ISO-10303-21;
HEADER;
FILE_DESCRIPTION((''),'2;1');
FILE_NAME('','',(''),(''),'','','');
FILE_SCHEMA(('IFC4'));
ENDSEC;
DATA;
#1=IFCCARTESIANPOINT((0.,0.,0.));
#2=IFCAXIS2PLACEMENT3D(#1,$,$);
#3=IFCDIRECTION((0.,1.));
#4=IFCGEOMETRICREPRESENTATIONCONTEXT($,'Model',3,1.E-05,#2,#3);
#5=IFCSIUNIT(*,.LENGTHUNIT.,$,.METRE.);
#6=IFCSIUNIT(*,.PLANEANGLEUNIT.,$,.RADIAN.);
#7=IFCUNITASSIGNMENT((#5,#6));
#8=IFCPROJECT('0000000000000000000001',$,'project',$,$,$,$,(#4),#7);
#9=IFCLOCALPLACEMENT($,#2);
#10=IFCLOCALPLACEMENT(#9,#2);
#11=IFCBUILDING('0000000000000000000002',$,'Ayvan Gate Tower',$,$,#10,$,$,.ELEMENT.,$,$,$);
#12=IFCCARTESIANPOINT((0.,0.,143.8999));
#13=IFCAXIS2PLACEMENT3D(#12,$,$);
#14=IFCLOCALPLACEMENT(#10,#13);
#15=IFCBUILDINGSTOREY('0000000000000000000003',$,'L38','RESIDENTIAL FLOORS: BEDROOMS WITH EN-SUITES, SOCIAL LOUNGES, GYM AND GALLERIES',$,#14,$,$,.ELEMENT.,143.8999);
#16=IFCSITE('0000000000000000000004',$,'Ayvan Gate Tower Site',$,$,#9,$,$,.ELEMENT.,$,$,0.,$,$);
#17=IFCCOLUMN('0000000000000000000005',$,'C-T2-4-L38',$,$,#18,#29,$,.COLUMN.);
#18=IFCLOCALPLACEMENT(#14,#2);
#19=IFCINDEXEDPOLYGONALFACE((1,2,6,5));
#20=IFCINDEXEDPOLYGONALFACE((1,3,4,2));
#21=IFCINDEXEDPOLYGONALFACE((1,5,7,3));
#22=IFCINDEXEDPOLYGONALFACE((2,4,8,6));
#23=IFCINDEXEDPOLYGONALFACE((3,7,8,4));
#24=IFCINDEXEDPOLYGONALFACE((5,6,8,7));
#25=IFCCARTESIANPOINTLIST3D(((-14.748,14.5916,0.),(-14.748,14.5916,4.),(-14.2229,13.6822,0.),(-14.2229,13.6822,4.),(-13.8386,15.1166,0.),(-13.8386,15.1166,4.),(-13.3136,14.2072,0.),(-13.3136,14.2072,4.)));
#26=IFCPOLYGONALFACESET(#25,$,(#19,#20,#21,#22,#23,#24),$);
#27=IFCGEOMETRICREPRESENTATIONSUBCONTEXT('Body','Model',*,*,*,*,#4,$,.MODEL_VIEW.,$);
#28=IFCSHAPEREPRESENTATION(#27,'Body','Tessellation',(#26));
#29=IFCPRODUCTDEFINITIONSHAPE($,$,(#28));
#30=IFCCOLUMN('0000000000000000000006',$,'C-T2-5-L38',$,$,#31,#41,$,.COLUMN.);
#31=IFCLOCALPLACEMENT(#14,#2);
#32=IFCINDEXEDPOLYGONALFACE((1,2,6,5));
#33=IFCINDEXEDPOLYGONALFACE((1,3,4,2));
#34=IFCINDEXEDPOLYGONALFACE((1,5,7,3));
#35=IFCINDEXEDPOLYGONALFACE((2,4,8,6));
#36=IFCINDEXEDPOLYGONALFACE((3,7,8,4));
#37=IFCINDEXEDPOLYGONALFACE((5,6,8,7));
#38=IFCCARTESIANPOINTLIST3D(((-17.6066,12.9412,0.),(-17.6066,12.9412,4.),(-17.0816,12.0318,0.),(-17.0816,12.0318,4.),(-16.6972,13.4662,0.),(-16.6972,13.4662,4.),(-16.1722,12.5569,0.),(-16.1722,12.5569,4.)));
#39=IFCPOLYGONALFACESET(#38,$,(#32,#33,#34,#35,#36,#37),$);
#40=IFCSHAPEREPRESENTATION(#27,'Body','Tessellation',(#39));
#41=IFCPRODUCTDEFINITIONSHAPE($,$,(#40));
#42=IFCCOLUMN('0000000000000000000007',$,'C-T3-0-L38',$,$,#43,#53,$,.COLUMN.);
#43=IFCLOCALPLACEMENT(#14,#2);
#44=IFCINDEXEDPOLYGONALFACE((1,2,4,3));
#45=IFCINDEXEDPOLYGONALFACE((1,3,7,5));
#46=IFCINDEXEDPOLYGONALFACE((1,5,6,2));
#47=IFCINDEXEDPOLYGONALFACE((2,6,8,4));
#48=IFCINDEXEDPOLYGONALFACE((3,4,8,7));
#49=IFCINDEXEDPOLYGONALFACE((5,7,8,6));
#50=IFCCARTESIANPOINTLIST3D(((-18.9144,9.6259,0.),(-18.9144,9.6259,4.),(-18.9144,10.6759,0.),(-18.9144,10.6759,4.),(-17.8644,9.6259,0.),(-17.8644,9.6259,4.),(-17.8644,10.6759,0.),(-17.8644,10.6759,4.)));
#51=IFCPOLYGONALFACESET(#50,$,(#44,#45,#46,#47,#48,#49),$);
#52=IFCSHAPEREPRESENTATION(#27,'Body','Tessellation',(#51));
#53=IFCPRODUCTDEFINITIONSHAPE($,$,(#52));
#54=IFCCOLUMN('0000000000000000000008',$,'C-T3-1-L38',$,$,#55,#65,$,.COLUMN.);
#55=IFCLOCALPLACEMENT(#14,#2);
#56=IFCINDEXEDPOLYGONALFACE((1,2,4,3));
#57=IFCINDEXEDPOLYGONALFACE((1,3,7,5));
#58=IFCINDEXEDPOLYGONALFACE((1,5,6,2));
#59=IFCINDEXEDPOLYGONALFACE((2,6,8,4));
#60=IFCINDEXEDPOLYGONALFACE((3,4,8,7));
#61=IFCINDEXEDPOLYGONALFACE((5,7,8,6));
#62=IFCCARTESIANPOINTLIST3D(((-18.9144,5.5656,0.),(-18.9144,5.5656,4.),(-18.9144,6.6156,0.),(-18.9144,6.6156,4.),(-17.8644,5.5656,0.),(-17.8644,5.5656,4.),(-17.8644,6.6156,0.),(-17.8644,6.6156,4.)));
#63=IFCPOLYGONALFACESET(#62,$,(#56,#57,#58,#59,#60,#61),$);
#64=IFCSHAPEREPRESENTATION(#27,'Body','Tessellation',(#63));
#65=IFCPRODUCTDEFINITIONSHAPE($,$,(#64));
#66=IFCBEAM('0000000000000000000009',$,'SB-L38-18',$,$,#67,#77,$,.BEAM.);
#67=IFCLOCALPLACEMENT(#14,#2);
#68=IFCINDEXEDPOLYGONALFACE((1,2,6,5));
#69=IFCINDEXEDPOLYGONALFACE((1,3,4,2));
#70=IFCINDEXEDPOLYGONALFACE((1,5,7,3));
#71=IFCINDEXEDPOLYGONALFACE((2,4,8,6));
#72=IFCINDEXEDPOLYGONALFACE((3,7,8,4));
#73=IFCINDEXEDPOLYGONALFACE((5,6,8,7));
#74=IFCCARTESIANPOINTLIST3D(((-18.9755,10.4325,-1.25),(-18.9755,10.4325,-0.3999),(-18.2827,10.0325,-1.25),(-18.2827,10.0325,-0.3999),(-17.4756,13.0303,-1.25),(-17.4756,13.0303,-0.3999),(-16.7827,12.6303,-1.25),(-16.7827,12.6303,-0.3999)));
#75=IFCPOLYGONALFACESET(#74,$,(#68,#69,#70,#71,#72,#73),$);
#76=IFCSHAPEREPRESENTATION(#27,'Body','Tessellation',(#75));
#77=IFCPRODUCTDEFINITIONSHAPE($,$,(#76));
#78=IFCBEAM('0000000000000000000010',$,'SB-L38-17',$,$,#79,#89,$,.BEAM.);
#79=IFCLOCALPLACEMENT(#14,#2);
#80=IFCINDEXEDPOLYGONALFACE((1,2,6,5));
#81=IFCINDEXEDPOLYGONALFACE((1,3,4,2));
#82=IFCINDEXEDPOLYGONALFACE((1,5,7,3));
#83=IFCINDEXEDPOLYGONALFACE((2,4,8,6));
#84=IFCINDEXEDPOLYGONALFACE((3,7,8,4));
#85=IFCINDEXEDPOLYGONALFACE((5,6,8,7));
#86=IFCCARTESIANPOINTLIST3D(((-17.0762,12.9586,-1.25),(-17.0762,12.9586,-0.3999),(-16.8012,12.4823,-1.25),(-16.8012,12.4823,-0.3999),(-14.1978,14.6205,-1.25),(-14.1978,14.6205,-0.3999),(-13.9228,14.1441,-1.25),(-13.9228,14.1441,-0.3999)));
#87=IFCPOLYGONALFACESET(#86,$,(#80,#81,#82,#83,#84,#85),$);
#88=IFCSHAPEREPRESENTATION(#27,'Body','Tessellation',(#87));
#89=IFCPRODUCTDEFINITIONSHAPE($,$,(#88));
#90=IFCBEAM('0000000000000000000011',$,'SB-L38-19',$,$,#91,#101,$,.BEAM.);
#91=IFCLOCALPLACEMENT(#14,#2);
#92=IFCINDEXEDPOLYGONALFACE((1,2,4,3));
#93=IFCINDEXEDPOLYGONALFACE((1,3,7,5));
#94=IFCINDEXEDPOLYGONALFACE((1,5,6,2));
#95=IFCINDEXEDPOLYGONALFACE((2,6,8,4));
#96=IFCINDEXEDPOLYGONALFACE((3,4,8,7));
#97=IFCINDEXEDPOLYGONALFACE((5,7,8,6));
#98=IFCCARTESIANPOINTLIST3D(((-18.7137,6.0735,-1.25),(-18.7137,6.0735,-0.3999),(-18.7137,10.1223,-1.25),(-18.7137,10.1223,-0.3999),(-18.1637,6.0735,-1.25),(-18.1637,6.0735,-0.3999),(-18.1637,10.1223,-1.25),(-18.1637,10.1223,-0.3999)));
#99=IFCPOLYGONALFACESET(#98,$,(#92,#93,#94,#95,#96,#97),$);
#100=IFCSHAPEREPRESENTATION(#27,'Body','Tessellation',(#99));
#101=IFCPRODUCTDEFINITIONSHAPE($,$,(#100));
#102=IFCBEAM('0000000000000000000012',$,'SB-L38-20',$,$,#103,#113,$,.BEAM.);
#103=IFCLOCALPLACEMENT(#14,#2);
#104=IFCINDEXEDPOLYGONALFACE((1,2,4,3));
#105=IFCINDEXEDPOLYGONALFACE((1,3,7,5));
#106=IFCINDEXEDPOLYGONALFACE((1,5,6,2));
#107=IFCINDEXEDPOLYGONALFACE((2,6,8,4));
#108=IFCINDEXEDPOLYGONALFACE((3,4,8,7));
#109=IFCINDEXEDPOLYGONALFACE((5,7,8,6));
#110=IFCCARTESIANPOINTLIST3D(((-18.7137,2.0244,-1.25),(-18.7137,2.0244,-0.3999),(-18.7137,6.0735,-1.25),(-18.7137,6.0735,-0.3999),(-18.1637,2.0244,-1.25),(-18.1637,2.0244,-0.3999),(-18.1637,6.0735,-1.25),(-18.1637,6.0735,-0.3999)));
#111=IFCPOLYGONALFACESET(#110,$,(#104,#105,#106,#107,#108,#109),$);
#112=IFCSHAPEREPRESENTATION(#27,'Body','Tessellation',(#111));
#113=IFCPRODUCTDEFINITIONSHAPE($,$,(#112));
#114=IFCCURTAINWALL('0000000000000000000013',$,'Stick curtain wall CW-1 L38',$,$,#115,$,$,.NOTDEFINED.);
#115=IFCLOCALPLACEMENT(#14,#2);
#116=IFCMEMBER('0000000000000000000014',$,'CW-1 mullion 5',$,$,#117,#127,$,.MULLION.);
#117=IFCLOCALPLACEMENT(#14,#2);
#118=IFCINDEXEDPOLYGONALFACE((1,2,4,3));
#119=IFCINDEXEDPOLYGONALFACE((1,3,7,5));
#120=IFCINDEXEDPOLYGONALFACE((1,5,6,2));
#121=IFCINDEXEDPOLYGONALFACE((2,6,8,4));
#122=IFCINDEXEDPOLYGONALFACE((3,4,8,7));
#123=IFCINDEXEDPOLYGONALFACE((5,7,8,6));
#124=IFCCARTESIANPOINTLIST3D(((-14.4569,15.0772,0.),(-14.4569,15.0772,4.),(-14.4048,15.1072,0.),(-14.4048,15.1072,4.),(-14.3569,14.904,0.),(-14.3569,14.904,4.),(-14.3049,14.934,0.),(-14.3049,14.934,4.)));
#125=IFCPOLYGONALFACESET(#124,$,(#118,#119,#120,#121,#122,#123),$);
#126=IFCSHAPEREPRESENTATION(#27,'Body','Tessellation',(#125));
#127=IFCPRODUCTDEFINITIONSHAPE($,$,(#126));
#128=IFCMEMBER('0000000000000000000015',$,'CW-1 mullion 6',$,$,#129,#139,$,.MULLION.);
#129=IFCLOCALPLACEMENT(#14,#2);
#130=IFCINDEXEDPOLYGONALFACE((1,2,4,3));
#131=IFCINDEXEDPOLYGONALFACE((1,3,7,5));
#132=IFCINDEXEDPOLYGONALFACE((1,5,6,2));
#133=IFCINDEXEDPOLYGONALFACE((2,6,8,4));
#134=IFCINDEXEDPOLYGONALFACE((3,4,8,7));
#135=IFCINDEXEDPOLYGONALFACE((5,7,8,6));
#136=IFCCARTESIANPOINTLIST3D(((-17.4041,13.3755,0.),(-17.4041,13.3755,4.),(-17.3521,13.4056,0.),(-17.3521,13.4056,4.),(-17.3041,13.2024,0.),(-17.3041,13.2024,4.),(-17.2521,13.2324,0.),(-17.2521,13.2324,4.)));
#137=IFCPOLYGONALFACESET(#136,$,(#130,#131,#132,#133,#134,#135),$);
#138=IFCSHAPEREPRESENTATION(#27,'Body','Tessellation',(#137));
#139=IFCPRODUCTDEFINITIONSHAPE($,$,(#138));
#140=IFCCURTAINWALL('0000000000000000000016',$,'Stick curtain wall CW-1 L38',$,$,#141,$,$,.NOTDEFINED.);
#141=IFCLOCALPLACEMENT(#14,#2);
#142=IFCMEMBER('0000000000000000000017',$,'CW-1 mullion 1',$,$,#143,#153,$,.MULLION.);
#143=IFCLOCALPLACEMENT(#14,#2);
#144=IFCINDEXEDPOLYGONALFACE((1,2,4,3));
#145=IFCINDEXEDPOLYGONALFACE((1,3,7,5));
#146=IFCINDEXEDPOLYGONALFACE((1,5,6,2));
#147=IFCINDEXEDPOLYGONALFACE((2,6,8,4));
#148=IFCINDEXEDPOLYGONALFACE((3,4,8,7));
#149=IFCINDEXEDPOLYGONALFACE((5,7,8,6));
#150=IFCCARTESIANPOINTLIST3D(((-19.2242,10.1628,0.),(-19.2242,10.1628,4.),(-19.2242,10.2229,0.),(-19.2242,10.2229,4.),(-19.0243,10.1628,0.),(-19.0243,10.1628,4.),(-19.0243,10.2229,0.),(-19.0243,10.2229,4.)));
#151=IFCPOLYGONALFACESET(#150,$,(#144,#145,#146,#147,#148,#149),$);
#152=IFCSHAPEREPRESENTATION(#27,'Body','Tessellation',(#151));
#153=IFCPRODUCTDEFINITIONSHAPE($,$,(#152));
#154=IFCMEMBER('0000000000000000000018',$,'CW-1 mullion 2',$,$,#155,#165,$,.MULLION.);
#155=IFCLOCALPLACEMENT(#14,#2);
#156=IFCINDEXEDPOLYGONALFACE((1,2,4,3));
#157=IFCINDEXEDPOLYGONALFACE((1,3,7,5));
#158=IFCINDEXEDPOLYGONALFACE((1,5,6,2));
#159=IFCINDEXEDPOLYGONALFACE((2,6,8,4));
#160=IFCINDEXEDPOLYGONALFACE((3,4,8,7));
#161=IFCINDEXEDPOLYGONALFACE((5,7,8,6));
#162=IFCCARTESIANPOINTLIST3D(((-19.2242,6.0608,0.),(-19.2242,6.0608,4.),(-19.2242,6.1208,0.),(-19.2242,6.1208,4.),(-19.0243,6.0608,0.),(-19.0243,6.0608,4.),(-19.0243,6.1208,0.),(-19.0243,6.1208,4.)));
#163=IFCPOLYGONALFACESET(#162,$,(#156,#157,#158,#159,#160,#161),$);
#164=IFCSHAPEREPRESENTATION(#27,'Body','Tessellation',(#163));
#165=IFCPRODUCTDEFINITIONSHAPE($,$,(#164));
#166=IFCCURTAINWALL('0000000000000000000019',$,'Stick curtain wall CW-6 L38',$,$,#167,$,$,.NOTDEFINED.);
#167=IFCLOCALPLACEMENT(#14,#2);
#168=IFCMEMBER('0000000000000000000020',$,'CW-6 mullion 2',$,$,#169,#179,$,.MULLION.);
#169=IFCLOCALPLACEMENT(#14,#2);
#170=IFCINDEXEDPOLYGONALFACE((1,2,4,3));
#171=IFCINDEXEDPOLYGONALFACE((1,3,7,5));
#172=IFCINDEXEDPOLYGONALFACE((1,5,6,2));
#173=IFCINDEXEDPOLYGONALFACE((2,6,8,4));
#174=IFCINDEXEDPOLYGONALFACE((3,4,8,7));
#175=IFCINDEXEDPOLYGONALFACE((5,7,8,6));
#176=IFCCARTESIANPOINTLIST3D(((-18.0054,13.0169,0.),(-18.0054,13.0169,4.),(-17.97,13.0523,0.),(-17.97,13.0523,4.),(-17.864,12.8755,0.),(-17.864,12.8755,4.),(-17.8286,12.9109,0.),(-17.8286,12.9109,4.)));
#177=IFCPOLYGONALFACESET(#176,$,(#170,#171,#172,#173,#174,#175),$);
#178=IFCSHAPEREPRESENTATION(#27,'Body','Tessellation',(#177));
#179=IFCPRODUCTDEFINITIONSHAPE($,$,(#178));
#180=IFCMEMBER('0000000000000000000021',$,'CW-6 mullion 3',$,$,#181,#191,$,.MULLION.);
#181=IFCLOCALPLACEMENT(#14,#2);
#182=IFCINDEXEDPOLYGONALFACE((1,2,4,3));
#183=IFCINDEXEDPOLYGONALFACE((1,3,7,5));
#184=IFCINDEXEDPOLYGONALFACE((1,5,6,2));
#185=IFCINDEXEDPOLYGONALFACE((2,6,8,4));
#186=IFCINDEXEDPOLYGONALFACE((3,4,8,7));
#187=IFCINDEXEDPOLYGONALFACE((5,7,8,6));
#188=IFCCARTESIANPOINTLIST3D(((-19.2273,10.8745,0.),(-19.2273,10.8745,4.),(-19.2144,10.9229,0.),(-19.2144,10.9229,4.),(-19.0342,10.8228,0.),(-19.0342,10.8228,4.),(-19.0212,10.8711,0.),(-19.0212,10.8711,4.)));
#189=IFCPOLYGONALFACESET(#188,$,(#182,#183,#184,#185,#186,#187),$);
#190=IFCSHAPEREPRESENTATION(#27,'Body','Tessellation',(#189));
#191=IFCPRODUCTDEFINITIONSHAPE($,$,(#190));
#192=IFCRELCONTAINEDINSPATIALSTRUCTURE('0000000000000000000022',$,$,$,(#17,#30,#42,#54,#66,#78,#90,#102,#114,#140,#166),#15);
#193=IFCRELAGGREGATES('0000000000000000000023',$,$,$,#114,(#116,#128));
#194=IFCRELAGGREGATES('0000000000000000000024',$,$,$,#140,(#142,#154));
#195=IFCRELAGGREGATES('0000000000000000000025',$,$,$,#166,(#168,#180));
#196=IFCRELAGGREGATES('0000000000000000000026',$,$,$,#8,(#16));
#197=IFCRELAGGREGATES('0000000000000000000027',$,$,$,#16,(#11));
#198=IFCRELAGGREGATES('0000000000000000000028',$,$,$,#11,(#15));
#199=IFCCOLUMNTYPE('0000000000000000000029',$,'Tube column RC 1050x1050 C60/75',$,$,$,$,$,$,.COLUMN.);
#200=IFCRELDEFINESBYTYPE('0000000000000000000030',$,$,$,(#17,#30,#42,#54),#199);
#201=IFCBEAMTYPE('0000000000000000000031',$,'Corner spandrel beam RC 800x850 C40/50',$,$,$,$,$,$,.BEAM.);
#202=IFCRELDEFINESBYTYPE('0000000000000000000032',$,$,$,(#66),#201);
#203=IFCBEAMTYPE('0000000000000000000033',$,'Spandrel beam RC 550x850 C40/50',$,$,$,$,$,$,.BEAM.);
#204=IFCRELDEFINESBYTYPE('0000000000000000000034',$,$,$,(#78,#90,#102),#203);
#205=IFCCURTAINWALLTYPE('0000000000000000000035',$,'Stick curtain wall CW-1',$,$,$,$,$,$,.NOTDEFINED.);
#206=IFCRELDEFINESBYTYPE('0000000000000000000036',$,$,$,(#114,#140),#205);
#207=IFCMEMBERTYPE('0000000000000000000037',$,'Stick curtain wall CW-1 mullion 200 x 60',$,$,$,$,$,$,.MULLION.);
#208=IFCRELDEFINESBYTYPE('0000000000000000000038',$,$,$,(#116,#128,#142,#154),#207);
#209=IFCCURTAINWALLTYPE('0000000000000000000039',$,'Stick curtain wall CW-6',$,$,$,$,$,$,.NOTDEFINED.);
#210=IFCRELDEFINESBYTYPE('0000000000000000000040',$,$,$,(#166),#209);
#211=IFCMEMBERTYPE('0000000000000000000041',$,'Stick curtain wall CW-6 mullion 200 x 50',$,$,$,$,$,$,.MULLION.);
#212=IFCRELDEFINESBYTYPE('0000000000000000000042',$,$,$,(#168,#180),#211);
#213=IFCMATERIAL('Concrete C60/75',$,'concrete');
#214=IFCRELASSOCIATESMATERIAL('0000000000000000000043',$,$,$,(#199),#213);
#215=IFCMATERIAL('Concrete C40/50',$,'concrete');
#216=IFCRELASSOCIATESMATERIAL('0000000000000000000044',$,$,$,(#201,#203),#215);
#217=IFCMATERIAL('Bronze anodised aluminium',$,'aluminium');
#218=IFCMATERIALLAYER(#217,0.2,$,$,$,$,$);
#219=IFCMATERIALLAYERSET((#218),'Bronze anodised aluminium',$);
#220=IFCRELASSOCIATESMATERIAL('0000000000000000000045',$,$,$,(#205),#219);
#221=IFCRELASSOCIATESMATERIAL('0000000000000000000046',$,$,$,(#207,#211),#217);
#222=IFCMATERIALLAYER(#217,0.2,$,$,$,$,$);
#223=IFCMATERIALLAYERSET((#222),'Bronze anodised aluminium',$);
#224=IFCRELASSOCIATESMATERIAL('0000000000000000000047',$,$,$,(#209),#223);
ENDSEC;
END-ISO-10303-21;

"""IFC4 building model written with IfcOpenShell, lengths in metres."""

from ifc_helpers import new_model, si_unit, direction, frame, origin, origin_2d, place, context, subcontext, project, spatial, rectangle, extrude, material, layer, layer_set, material_profile, profile_set, type_object, element, aggregate, save


model = new_model("IFC4")

# Units and contexts
model_context = context("Model", 3, precision=1e-05, world=origin(), true_north=direction((0.0, 1.0)))
body_context = subcontext(model_context, "Body", "Model", "MODEL_VIEW")
ifc_project = project(units=[si_unit("LENGTHUNIT", "METRE"), si_unit("PLANEANGLEUNIT", "RADIAN")], contexts=[model_context])

# Site, building, storey
site_placement = place(None, origin())
site = spatial("IfcSite", under=ifc_project, at=site_placement, Name="Ayvan Gate Tower Site", CompositionType="ELEMENT", RefElevation=0.0)
building_placement = place(site_placement, origin())
building = spatial("IfcBuilding", under=site, at=building_placement, Name="Ayvan Gate Tower", CompositionType="ELEMENT")
storey_placement = place(building_placement, frame((0.0, 0.0, 143.8999)))
storey = spatial("IfcBuildingStorey", under=building, at=storey_placement, Name="L38", Description="RESIDENTIAL FLOORS: BEDROOMS WITH EN-SUITES, SOCIAL LOUNGES, GYM AND GALLERIES", CompositionType="ELEMENT", Elevation=143.8999)

# Columns
ifc_material_1 = material(Name="Concrete C60/75", Category="concrete")
ifc_material_profile_1 = material_profile(ifc_material_1, rectangle(XDim=1.05, YDim=1.05, at=origin_2d()), Name="RC 1050x1050")
ifc_profile_set_1 = profile_set([ifc_material_profile_1], Name="Concrete C60/75")
column_type = type_object("IfcColumnType", Name="Tube column RC 1050x1050 C60/75", PredefinedType="COLUMN", material=ifc_profile_set_1)
for number, where, z_axis, x_axis, name in (
    (1, (-14.0308, 14.3994, 0.0), (0.0, 0.0, 1.0), (-0.5, 0.866025, 0.0), "C-T2-4-L38"),
    (2, (-16.8894, 12.749, 0.0), (0.0, 0.0, 1.0), (-0.5, 0.866025, 0.0), "C-T2-5-L38"),
    (3, (-18.3894, 10.1509, 0.0), (0.0, 0.0, 1.0), (-1.0, 0.0, 0.0), "C-T3-0-L38"),
    (4, (-18.3894, 6.0906, 0.0), (0.0, 0.0, 1.0), (-1.0, 0.0, 0.0), "C-T3-1-L38"),
):
    element("IfcColumn", number, at=place(storey_placement, frame(where, z_axis=z_axis, x_axis=x_axis)), inside=storey, type_object=column_type, Name=name, PredefinedType="COLUMN", context=body_context, shape_type="SweptSolid", body=[
        extrude(rectangle(XDim=1.05, YDim=1.05, at=origin_2d()), origin(), (0.0, 0.0, 1.0), 4.0),
    ])

# Beams
ifc_material_2 = material(Name="Concrete C40/50", Category="concrete")
ifc_material_profile_2 = material_profile(ifc_material_2, rectangle(XDim=0.8, YDim=0.8501, at=origin_2d()), Name="RC 800x850")
ifc_profile_set_2 = profile_set([ifc_material_profile_2], Name="Concrete C40/50")
beam_type_1 = type_object("IfcBeamType", Name="Corner spandrel beam RC 800x850 C40/50", PredefinedType="BEAM", material=ifc_profile_set_2)
beam_1_placement = place(storey_placement, frame((-17.1292, 12.8303, -0.825), z_axis=(-0.500025, -0.866011, 0.0), x_axis=(0.866011, -0.500025, 0.0)))
element("IfcBeam", 5, at=beam_1_placement, inside=storey, type_object=beam_type_1, Name="SB-L38-18", PredefinedType="BEAM", context=body_context, shape_type="SweptSolid", body=[
    extrude(rectangle(XDim=0.8, YDim=0.8501, at=origin_2d()), origin(), (0.0, 0.0, 1.0), 2.9998),
])
ifc_material_profile_3 = material_profile(ifc_material_2, rectangle(XDim=0.55, YDim=0.8501, at=origin_2d()), Name="RC 550x850")
ifc_profile_set_3 = profile_set([ifc_material_profile_3], Name="Concrete C40/50")
beam_type_2 = type_object("IfcBeamType", Name="Spandrel beam RC 550x850 C40/50", PredefinedType="BEAM", material=ifc_profile_set_3)
beam_2_placement = place(storey_placement, frame((-14.0603, 14.3823, -0.825), z_axis=(-0.866024, -0.500002, 0.0), x_axis=(0.500002, -0.866024, 0.0)))
element("IfcBeam", 6, at=beam_2_placement, inside=storey, type_object=beam_type_2, Name="SB-L38-17", PredefinedType="BEAM", context=body_context, shape_type="SweptSolid", body=[
    extrude(rectangle(XDim=0.55, YDim=0.8501, at=origin_2d()), origin(), (0.0, 0.0, 1.0), 3.3237),
])
beam_3_placement = place(storey_placement, frame((-18.4387, 10.1223, -0.825), z_axis=(0.0, -1.0, 0.0), x_axis=(1.0, 0.0, 0.0)))
element("IfcBeam", 7, at=beam_3_placement, inside=storey, type_object=beam_type_2, Name="SB-L38-19", PredefinedType="BEAM", context=body_context, shape_type="SweptSolid", body=[
    extrude(rectangle(XDim=0.55, YDim=0.8501, at=origin_2d()), origin(), (0.0, 0.0, 1.0), 4.0488),
])
beam_4_placement = place(storey_placement, frame((-18.4387, 6.0735, -0.825), z_axis=(0.0, -1.0, 0.0), x_axis=(1.0, 0.0, 0.0)))
element("IfcBeam", 8, at=beam_4_placement, inside=storey, type_object=beam_type_2, Name="SB-L38-20", PredefinedType="BEAM", context=body_context, shape_type="SweptSolid", body=[
    extrude(rectangle(XDim=0.55, YDim=0.8501, at=origin_2d()), origin(), (0.0, 0.0, 1.0), 4.0491),
])

# Curtain walls, members
ifc_material_3 = material(Name="Bronze anodised aluminium", Category="aluminium")
ifc_layer_1 = layer(ifc_material_3, 0.2)
ifc_layer_set_1 = layer_set([ifc_layer_1], Name="Bronze anodised aluminium")
curtain_wall_type_1 = type_object("IfcCurtainWallType", Name="Stick curtain wall CW-1", PredefinedType="NOTDEFINED", material=ifc_layer_set_1)
curtain_wall_1_placement = place(storey_placement, origin())
curtain_wall_1 = element("IfcCurtainWall", 9, at=curtain_wall_1_placement, inside=storey, type_object=curtain_wall_type_1, Name="Stick curtain wall CW-1 L38", PredefinedType="NOTDEFINED")
ifc_material_profile_4 = material_profile(ifc_material_3, rectangle(XDim=0.2, YDim=0.0601, at=origin_2d()), Name="Stick curtain wall CW-1 mullion 200 x 60")
ifc_profile_set_4 = profile_set([ifc_material_profile_4], Name="Bronze anodised aluminium")
member_type_1 = type_object("IfcMemberType", Name="Stick curtain wall CW-1 mullion 200 x 60", PredefinedType="MULLION", material=ifc_profile_set_4)
member_1_placement = place(storey_placement, frame((-14.3809, 15.0056, 0.0), z_axis=(0.0, 0.0, 1.0), x_axis=(-0.5, 0.866025, 0.0)))
member_1 = element("IfcMember", 10, at=member_1_placement, type_object=member_type_1, Name="CW-1 mullion 5", PredefinedType="MULLION", context=body_context, shape_type="SweptSolid", body=[
    extrude(rectangle(XDim=0.2, YDim=0.0601, at=origin_2d()), origin(), (0.0, 0.0, 1.0), 4.0),
])
member_2_placement = place(storey_placement, frame((-17.3281, 13.304, 0.0), z_axis=(0.0, 0.0, 1.0), x_axis=(-0.5, 0.866025, 0.0)))
member_2 = element("IfcMember", 11, at=member_2_placement, type_object=member_type_1, Name="CW-1 mullion 6", PredefinedType="MULLION", context=body_context, shape_type="SweptSolid", body=[
    extrude(rectangle(XDim=0.2, YDim=0.0601, at=origin_2d()), origin(), (0.0, 0.0, 1.0), 4.0),
])
curtain_wall_2_placement = place(storey_placement, origin())
curtain_wall_2 = element("IfcCurtainWall", 12, at=curtain_wall_2_placement, inside=storey, type_object=curtain_wall_type_1, Name="Stick curtain wall CW-1 L38", PredefinedType="NOTDEFINED")
member_3_placement = place(storey_placement, frame((-19.1243, 10.1929, 0.0), z_axis=(0.0, 0.0, 1.0), x_axis=(-1.0, 0.0, 0.0)))
member_3 = element("IfcMember", 13, at=member_3_placement, type_object=member_type_1, Name="CW-1 mullion 1", PredefinedType="MULLION", context=body_context, shape_type="SweptSolid", body=[
    extrude(rectangle(XDim=0.2, YDim=0.0601, at=origin_2d()), origin(), (0.0, 0.0, 1.0), 4.0),
])
member_4_placement = place(storey_placement, frame((-19.1243, 6.0908, 0.0), z_axis=(0.0, 0.0, 1.0), x_axis=(-1.0, 0.0, 0.0)))
member_4 = element("IfcMember", 14, at=member_4_placement, type_object=member_type_1, Name="CW-1 mullion 2", PredefinedType="MULLION", context=body_context, shape_type="SweptSolid", body=[
    extrude(rectangle(XDim=0.2, YDim=0.0601, at=origin_2d()), origin(), (0.0, 0.0, 1.0), 4.0),
])
ifc_layer_2 = layer(ifc_material_3, 0.2)
ifc_layer_set_2 = layer_set([ifc_layer_2], Name="Bronze anodised aluminium")
curtain_wall_type_2 = type_object("IfcCurtainWallType", Name="Stick curtain wall CW-6", PredefinedType="NOTDEFINED", material=ifc_layer_set_2)
curtain_wall_3_placement = place(storey_placement, origin())
curtain_wall_3 = element("IfcCurtainWall", 15, at=curtain_wall_3_placement, inside=storey, type_object=curtain_wall_type_2, Name="Stick curtain wall CW-6 L38", PredefinedType="NOTDEFINED")
ifc_material_profile_5 = material_profile(ifc_material_3, rectangle(XDim=0.2, YDim=0.05, at=origin_2d()), Name="Stick curtain wall CW-6 mullion 200 x 50")
ifc_profile_set_5 = profile_set([ifc_material_profile_5], Name="Bronze anodised aluminium")
member_type_2 = type_object("IfcMemberType", Name="Stick curtain wall CW-6 mullion 200 x 50", PredefinedType="MULLION", material=ifc_profile_set_5)
member_5_placement = place(storey_placement, frame((-17.917, 12.9639, 0.0), z_axis=(0.0, 0.0, 1.0), x_axis=(-0.707107, 0.707107, 0.0)))
member_5 = element("IfcMember", 16, at=member_5_placement, type_object=member_type_2, Name="CW-6 mullion 2", PredefinedType="MULLION", context=body_context, shape_type="SweptSolid", body=[
    extrude(rectangle(XDim=0.2, YDim=0.05, at=origin_2d()), origin(), (0.0, 0.0, 1.0), 4.0),
])
member_6_placement = place(storey_placement, frame((-19.1243, 10.8728, 0.0), z_axis=(0.0, 0.0, 1.0), x_axis=(-0.965926, 0.258819, 0.0)))
member_6 = element("IfcMember", 17, at=member_6_placement, type_object=member_type_2, Name="CW-6 mullion 3", PredefinedType="MULLION", context=body_context, shape_type="SweptSolid", body=[
    extrude(rectangle(XDim=0.2, YDim=0.05, at=origin_2d()), origin(), (0.0, 0.0, 1.0), 4.0),
])

aggregate(curtain_wall_1, [member_1, member_2])
aggregate(curtain_wall_2, [member_3, member_4])
aggregate(curtain_wall_3, [member_5, member_6])

save(model, "model.ifc")
